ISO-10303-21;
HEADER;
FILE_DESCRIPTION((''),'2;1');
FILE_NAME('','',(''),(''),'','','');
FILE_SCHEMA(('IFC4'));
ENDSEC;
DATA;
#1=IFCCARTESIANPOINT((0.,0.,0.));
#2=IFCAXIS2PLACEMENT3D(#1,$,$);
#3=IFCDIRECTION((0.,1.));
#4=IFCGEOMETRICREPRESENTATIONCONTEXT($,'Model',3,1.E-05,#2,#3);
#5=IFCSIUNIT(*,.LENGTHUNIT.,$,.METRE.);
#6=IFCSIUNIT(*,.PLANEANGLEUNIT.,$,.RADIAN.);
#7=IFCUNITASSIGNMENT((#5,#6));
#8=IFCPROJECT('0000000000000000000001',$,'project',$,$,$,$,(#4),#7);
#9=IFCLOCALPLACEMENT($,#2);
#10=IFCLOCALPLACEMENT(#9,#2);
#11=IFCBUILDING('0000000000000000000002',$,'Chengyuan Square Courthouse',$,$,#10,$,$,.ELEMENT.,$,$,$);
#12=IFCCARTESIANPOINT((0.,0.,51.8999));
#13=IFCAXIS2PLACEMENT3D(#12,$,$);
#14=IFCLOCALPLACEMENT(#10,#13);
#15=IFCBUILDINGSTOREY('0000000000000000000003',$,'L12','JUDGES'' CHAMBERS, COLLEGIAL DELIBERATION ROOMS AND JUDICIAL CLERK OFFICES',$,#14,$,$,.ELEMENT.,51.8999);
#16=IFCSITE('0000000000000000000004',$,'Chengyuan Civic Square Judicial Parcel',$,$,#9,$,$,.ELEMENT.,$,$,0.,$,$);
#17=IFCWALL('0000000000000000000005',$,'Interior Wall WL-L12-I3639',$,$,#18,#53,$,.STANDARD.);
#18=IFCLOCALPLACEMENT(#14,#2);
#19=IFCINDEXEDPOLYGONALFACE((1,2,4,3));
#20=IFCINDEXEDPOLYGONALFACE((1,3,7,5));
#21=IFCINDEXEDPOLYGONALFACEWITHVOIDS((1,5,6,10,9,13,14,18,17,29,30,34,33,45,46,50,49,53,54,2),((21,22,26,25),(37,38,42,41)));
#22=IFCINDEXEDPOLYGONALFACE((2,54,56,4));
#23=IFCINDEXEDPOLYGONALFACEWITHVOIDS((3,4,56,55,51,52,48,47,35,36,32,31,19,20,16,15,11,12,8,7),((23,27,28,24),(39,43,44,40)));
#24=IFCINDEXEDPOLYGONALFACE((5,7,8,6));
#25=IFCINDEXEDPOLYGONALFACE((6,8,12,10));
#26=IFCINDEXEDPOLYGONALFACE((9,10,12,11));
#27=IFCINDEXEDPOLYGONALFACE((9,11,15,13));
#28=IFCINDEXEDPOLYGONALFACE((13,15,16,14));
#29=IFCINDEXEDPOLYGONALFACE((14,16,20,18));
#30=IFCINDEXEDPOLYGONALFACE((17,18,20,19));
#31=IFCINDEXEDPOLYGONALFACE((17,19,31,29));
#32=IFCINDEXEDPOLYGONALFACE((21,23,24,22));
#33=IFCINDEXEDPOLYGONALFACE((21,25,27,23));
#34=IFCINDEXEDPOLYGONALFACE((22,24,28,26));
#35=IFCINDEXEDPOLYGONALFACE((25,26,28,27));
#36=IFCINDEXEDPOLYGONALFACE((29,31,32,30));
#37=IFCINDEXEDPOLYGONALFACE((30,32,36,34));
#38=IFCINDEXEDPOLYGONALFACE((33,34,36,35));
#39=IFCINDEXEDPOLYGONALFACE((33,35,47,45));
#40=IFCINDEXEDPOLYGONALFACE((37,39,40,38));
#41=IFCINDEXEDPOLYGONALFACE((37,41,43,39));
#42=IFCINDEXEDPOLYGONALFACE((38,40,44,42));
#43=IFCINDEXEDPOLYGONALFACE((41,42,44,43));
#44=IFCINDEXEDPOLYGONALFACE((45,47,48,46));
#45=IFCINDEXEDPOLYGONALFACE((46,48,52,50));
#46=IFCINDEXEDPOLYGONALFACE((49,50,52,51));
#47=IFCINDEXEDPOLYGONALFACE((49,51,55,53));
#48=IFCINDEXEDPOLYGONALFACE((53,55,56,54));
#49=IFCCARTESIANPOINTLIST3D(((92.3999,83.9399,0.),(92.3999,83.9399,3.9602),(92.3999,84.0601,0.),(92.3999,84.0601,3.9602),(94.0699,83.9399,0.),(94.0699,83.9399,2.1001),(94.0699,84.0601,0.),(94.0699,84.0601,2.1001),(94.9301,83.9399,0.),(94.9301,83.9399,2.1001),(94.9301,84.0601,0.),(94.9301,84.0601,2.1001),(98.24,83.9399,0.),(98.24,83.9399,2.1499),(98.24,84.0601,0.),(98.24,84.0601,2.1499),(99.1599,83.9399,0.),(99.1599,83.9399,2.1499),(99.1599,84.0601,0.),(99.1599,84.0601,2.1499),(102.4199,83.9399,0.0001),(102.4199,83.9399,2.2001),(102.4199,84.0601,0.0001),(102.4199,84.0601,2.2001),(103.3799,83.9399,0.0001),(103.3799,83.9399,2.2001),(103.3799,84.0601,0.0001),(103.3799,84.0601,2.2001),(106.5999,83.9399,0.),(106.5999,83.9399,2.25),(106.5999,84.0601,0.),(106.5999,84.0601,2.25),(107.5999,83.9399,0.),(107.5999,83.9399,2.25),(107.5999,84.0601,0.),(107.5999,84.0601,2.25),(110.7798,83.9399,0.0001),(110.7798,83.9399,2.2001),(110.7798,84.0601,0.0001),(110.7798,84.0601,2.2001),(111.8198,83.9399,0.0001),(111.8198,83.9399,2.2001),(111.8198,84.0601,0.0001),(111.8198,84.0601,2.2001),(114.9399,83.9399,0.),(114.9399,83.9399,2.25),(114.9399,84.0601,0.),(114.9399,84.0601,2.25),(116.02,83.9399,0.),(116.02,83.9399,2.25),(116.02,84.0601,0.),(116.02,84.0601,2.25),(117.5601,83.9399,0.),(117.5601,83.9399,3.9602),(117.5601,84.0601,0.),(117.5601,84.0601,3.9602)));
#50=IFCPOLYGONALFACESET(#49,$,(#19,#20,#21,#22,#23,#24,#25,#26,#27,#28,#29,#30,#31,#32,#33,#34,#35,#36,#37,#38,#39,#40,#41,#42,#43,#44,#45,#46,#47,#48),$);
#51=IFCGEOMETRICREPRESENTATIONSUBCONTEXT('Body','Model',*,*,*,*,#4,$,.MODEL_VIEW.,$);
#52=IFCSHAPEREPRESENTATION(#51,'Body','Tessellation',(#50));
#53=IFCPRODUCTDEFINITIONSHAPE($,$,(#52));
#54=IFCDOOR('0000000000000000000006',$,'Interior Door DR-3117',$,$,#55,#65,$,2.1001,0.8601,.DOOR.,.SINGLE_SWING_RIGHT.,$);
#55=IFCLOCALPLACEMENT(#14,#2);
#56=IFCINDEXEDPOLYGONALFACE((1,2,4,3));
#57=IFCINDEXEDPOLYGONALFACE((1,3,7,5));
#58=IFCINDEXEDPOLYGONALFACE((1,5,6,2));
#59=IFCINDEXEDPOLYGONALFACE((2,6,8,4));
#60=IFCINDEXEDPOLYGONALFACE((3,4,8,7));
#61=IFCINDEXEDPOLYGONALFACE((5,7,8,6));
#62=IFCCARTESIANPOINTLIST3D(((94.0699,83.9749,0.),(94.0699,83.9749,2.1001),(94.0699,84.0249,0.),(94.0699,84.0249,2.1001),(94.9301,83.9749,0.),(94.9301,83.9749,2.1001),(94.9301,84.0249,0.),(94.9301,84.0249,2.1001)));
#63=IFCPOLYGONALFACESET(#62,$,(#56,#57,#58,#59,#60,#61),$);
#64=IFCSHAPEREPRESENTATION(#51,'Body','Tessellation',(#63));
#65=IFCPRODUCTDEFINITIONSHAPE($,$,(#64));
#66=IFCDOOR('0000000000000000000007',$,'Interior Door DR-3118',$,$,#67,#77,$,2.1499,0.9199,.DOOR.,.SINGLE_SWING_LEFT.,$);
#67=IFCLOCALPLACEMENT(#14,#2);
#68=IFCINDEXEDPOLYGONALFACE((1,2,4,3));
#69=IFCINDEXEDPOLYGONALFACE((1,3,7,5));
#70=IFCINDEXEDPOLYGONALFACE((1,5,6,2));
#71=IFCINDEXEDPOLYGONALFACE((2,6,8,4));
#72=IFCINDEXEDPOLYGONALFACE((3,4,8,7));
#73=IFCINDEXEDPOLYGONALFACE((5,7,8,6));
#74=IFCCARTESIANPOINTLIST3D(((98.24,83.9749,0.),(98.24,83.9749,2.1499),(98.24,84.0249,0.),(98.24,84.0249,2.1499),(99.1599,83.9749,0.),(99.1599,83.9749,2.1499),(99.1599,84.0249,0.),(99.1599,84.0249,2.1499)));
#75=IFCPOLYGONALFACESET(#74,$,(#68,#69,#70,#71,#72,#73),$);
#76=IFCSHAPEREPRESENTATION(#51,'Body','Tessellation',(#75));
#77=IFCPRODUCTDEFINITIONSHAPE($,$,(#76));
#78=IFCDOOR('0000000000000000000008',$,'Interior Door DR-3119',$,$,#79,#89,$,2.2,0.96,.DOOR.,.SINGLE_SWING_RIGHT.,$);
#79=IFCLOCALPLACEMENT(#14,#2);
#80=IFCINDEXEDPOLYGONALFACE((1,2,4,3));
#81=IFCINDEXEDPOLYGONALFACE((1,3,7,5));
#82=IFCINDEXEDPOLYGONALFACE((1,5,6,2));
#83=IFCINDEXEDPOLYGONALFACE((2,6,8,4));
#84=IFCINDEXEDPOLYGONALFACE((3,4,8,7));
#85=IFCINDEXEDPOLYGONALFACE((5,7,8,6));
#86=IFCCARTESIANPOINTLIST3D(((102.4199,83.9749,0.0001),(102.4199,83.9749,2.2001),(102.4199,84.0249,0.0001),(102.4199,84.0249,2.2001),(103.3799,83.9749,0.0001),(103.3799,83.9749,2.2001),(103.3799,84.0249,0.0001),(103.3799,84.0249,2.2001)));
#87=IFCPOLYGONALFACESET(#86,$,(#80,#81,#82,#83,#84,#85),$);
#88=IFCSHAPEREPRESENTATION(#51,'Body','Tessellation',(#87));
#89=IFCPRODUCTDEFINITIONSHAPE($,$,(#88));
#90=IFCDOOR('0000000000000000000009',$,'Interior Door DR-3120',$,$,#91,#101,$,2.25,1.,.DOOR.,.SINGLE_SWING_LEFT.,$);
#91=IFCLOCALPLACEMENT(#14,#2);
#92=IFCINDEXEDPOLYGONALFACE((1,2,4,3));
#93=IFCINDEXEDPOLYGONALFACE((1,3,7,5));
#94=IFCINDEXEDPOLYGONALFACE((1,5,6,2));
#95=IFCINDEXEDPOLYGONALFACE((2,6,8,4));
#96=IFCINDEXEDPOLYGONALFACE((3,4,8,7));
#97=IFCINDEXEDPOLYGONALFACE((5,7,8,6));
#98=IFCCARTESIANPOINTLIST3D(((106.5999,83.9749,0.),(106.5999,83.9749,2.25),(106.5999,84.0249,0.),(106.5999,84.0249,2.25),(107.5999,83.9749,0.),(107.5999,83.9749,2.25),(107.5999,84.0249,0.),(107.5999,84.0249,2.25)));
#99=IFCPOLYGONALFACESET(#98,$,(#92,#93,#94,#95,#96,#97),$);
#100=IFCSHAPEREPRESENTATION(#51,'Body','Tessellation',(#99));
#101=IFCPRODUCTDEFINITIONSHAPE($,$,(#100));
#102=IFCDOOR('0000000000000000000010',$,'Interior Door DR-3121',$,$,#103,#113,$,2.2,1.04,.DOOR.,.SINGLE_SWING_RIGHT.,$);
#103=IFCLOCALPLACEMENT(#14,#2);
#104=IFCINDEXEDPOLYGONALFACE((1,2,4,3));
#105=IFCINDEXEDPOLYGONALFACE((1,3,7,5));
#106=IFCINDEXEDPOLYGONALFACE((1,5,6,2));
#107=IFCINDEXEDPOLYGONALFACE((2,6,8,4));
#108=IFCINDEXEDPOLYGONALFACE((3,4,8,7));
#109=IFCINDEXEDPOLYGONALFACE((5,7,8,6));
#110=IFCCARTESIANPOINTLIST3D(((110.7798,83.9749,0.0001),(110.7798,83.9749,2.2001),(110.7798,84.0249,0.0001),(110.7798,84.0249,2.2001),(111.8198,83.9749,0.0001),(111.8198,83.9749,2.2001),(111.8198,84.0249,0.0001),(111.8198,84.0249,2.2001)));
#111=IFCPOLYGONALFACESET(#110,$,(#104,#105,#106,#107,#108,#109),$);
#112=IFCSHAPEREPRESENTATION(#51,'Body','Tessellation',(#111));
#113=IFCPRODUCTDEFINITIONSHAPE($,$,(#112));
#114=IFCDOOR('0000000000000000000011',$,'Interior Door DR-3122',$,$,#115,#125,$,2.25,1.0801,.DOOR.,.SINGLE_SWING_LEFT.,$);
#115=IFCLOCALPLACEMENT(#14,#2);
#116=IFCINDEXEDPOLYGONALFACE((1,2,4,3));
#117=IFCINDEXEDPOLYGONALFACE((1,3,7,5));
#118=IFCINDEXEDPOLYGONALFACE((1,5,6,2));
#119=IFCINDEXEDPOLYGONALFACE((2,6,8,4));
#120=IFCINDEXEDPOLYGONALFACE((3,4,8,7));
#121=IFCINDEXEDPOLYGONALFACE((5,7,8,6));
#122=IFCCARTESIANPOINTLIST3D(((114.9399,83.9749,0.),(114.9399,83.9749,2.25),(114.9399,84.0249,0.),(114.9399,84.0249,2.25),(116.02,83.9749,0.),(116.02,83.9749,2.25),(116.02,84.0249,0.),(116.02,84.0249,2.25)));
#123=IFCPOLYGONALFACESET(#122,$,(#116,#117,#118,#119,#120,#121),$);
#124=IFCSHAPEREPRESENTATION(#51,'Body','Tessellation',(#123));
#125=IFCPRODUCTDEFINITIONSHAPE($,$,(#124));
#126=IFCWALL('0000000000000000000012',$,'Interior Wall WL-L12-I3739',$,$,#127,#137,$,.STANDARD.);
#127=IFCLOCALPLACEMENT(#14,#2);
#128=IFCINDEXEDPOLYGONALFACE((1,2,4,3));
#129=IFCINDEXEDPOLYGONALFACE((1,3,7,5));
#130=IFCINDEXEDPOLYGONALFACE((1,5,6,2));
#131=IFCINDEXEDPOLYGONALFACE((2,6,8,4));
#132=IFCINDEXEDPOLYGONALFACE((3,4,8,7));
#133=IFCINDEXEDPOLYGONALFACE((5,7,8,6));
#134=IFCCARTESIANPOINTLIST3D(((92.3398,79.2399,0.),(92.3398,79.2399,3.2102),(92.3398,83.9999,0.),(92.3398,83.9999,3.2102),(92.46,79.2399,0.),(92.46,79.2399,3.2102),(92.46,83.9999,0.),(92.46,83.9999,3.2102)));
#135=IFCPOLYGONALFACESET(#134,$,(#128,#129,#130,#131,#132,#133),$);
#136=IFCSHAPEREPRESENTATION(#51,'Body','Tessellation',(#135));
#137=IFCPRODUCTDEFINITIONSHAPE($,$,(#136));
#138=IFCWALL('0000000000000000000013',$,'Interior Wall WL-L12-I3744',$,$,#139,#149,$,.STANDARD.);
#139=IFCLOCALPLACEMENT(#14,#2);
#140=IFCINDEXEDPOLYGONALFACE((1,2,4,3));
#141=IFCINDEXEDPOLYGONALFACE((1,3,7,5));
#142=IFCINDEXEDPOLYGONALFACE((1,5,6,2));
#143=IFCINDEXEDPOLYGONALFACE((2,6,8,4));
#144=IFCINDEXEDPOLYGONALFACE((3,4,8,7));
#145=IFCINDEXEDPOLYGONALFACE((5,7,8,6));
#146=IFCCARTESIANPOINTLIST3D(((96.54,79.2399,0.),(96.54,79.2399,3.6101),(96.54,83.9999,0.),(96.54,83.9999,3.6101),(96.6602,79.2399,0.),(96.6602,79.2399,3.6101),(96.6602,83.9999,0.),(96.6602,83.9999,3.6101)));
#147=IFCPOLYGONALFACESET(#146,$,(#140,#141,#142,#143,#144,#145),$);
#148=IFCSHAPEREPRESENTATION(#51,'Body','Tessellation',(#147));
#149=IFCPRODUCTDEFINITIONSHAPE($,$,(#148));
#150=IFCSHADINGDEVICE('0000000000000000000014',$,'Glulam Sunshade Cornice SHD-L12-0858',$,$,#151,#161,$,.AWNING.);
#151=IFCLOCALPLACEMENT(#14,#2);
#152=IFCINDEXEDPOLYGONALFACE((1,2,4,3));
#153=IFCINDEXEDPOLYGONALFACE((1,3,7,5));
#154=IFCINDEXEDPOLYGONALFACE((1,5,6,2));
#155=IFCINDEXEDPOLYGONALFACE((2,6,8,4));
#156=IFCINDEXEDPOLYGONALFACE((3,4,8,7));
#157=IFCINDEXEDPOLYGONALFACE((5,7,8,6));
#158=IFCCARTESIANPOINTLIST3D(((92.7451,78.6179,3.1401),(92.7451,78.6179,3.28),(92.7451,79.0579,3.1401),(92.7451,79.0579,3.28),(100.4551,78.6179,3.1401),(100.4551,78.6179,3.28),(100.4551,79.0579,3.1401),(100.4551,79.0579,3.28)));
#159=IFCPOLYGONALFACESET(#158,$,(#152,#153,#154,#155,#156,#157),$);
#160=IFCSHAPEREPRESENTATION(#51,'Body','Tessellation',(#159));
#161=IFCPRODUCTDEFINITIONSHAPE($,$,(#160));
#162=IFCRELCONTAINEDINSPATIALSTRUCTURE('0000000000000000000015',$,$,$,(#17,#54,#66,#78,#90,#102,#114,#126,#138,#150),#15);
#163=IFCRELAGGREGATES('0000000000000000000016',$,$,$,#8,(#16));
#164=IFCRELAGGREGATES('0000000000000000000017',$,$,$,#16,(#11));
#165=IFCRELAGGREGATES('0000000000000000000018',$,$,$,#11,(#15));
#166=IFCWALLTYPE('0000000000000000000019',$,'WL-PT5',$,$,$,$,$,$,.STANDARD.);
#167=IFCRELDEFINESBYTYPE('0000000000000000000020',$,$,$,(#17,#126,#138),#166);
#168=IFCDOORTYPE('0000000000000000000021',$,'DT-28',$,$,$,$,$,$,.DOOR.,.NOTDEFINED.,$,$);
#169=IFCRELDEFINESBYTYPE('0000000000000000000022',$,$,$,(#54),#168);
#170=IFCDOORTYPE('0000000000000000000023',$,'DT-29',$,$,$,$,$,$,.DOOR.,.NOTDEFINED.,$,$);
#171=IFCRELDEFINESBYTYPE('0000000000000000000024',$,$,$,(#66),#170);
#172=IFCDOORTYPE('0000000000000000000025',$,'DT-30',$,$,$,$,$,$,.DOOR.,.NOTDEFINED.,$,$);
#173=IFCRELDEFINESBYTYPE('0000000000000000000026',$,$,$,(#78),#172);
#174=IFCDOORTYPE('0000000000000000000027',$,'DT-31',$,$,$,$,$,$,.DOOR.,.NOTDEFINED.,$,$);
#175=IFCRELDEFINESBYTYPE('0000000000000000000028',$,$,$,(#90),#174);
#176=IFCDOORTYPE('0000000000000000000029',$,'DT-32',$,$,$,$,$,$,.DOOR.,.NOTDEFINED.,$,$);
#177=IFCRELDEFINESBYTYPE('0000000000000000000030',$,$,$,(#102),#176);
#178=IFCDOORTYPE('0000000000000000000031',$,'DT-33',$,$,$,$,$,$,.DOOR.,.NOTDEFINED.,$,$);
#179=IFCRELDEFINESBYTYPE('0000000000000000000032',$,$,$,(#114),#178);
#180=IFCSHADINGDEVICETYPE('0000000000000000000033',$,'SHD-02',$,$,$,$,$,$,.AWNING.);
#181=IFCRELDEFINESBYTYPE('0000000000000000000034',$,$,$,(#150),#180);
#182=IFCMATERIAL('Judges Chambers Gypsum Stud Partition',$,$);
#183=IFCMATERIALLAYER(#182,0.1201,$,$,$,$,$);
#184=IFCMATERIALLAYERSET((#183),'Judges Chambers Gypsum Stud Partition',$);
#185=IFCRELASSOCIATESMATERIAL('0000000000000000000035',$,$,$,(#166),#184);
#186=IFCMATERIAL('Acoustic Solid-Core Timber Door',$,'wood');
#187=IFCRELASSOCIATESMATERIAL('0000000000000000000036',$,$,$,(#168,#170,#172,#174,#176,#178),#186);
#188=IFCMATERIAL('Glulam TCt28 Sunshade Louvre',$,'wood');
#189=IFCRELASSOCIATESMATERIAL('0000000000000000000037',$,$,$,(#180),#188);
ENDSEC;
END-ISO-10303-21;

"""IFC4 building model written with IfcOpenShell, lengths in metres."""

from ifc_helpers import new_model, si_unit, direction, frame, frame_2d, origin, origin_2d, place, context, subcontext, project, spatial, rectangle, extrude, material, layer, layer_set, type_object, element, fill, save


model = new_model("IFC4")

# Units and contexts
model_context = context("Model", 3, precision=1e-05, world=origin(), true_north=direction((0.0, 1.0)))
body_context = subcontext(model_context, "Body", "Model", "MODEL_VIEW")
ifc_project = project(units=[si_unit("LENGTHUNIT", "METRE"), si_unit("PLANEANGLEUNIT", "RADIAN")], contexts=[model_context])

# Site, building, storey
site_placement = place(None, origin())
site = spatial("IfcSite", under=ifc_project, at=site_placement, Name="Chengyuan Civic Square Judicial Parcel", CompositionType="ELEMENT", RefElevation=0.0)
building_placement = place(site_placement, origin())
building = spatial("IfcBuilding", under=site, at=building_placement, Name="Chengyuan Square Courthouse", CompositionType="ELEMENT")
storey_placement = place(building_placement, frame((0.0, 0.0, 51.8999)))
storey = spatial("IfcBuildingStorey", under=building, at=storey_placement, Name="L12", Description="JUDGES' CHAMBERS, COLLEGIAL DELIBERATION ROOMS AND JUDICIAL CLERK OFFICES", CompositionType="ELEMENT", Elevation=51.8999)

# Wall, openings, doors
ifc_material_1 = material(Name="Judges Chambers Gypsum Stud Partition")
ifc_layer_1 = layer(ifc_material_1, 0.1201)
ifc_layer_set_1 = layer_set([ifc_layer_1], Name="Judges Chambers Gypsum Stud Partition")
wall_type_1 = type_object("IfcWallType", Name="WL-PT5", PredefinedType="STANDARD", material=ifc_layer_set_1)
wall_1_placement = place(storey_placement, frame((92.3999, 84.0, 0.0), z_axis=(0.0, 0.0, 1.0), x_axis=(1.0, 0.0, 0.0)))
wall_1 = element("IfcWall", 1, at=wall_1_placement, inside=storey, type_object=wall_type_1, Name="Interior Wall WL-L12-I3639", PredefinedType="STANDARD", context=body_context, shape_type="SweptSolid", body=[
    extrude(rectangle(XDim=25.1602, YDim=0.1201, at=frame_2d((12.5801, 0.0))), origin(), (0.0, 0.0, 1.0), 3.9602),
])
opening_1_placement = place(wall_1_placement, frame((1.6699, 0.0, 0.0)))
opening_1 = element("IfcOpeningElement", 2, at=opening_1_placement, cuts=wall_1, PredefinedType="OPENING", context=body_context, shape_type="SweptSolid", body=[
    extrude(rectangle(XDim=0.8601, YDim=2.1001, at=frame_2d((0.4302, 1.05))), frame((0.0, 0.072, 0.0), z_axis=(0.0, -1.0, 0.0), x_axis=(1.0, 0.0, 0.0)), (0.0, 0.0, 1.0), 0.144),
])
opening_2_placement = place(wall_1_placement, frame((5.8401, 0.0, 0.0)))
opening_2 = element("IfcOpeningElement", 3, at=opening_2_placement, cuts=wall_1, PredefinedType="OPENING", context=body_context, shape_type="SweptSolid", body=[
    extrude(rectangle(XDim=0.9199, YDim=2.1499, at=frame_2d((0.46, 1.075))), frame((0.0, 0.072, 0.0), z_axis=(0.0, -1.0, 0.0), x_axis=(1.0, 0.0, 0.0)), (0.0, 0.0, 1.0), 0.144),
])
opening_3_placement = place(wall_1_placement, frame((10.02, 0.0, 0.0)))
opening_3 = element("IfcOpeningElement", 4, at=opening_3_placement, cuts=wall_1, PredefinedType="OPENING", context=body_context, shape_type="SweptSolid", body=[
    extrude(rectangle(XDim=0.96, YDim=2.2, at=frame_2d((0.48, 1.1001))), frame((0.0, 0.072, 0.0), z_axis=(0.0, -1.0, 0.0), x_axis=(1.0, 0.0, 0.0)), (0.0, 0.0, 1.0), 0.144),
])
opening_4_placement = place(wall_1_placement, frame((14.2, 0.0, 0.0)))
opening_4 = element("IfcOpeningElement", 5, at=opening_4_placement, cuts=wall_1, PredefinedType="OPENING", context=body_context, shape_type="SweptSolid", body=[
    extrude(rectangle(XDim=1.0, YDim=2.25, at=frame_2d((0.5, 1.125))), frame((0.0, 0.072, 0.0), z_axis=(0.0, -1.0, 0.0), x_axis=(1.0, 0.0, 0.0)), (0.0, 0.0, 1.0), 0.144),
])
opening_5_placement = place(wall_1_placement, frame((18.3799, 0.0, 0.0)))
opening_5 = element("IfcOpeningElement", 6, at=opening_5_placement, cuts=wall_1, PredefinedType="OPENING", context=body_context, shape_type="SweptSolid", body=[
    extrude(rectangle(XDim=1.04, YDim=2.2, at=frame_2d((0.52, 1.1001))), frame((0.0, 0.072, 0.0), z_axis=(0.0, -1.0, 0.0), x_axis=(1.0, 0.0, 0.0)), (0.0, 0.0, 1.0), 0.144),
])
opening_6_placement = place(wall_1_placement, frame((22.54, 0.0, 0.0)))
opening_6 = element("IfcOpeningElement", 7, at=opening_6_placement, cuts=wall_1, PredefinedType="OPENING", context=body_context, shape_type="SweptSolid", body=[
    extrude(rectangle(XDim=1.0801, YDim=2.25, at=frame_2d((0.54, 1.125))), frame((0.0, 0.072, 0.0), z_axis=(0.0, -1.0, 0.0), x_axis=(1.0, 0.0, 0.0)), (0.0, 0.0, 1.0), 0.144),
])
ifc_material_2 = material(Name="Acoustic Solid-Core Timber Door", Category="wood")
door_type_1 = type_object("IfcDoorType", Name="DT-28", OperationType="NOTDEFINED", PredefinedType="DOOR", material=ifc_material_2)
door_1_placement = place(opening_1_placement, origin())
door_1 = element("IfcDoor", 8, at=door_1_placement, inside=storey, type_object=door_type_1, Name="Interior Door DR-3117", OperationType="SINGLE_SWING_RIGHT", OverallHeight=2.1001, OverallWidth=0.8601, PredefinedType="DOOR", context=body_context, shape_type="SweptSolid", body=[
    extrude(rectangle(XDim=0.8601, YDim=2.1001, at=frame_2d((0.4302, 1.05))), frame((0.0, 0.0249, 0.0), z_axis=(0.0, -1.0, 0.0), x_axis=(1.0, 0.0, 0.0)), (0.0, 0.0, 1.0), 0.05),
])
fill(opening_1, door_1)
door_type_2 = type_object("IfcDoorType", Name="DT-29", OperationType="NOTDEFINED", PredefinedType="DOOR", material=ifc_material_2)
door_2_placement = place(opening_2_placement, origin())
door_2 = element("IfcDoor", 9, at=door_2_placement, inside=storey, type_object=door_type_2, Name="Interior Door DR-3118", OperationType="SINGLE_SWING_LEFT", OverallHeight=2.1499, OverallWidth=0.9199, PredefinedType="DOOR", context=body_context, shape_type="SweptSolid", body=[
    extrude(rectangle(XDim=0.9199, YDim=2.1499, at=frame_2d((0.46, 1.075))), frame((0.0, 0.0249, 0.0), z_axis=(0.0, -1.0, 0.0), x_axis=(1.0, 0.0, 0.0)), (0.0, 0.0, 1.0), 0.05),
])
fill(opening_2, door_2)
door_type_3 = type_object("IfcDoorType", Name="DT-30", OperationType="NOTDEFINED", PredefinedType="DOOR", material=ifc_material_2)
door_3_placement = place(opening_3_placement, origin())
door_3 = element("IfcDoor", 10, at=door_3_placement, inside=storey, type_object=door_type_3, Name="Interior Door DR-3119", OperationType="SINGLE_SWING_RIGHT", OverallHeight=2.2, OverallWidth=0.96, PredefinedType="DOOR", context=body_context, shape_type="SweptSolid", body=[
    extrude(rectangle(XDim=0.96, YDim=2.2, at=frame_2d((0.48, 1.1001))), frame((0.0, 0.0249, 0.0), z_axis=(0.0, -1.0, 0.0), x_axis=(1.0, 0.0, 0.0)), (0.0, 0.0, 1.0), 0.05),
])
fill(opening_3, door_3)
door_type_4 = type_object("IfcDoorType", Name="DT-31", OperationType="NOTDEFINED", PredefinedType="DOOR", material=ifc_material_2)
door_4_placement = place(opening_4_placement, origin())
door_4 = element("IfcDoor", 11, at=door_4_placement, inside=storey, type_object=door_type_4, Name="Interior Door DR-3120", OperationType="SINGLE_SWING_LEFT", OverallHeight=2.25, OverallWidth=1.0, PredefinedType="DOOR", context=body_context, shape_type="SweptSolid", body=[
    extrude(rectangle(XDim=1.0, YDim=2.25, at=frame_2d((0.5, 1.125))), frame((0.0, 0.0249, 0.0), z_axis=(0.0, -1.0, 0.0), x_axis=(1.0, 0.0, 0.0)), (0.0, 0.0, 1.0), 0.05),
])
fill(opening_4, door_4)
door_type_5 = type_object("IfcDoorType", Name="DT-32", OperationType="NOTDEFINED", PredefinedType="DOOR", material=ifc_material_2)
door_5_placement = place(opening_5_placement, origin())
door_5 = element("IfcDoor", 12, at=door_5_placement, inside=storey, type_object=door_type_5, Name="Interior Door DR-3121", OperationType="SINGLE_SWING_RIGHT", OverallHeight=2.2, OverallWidth=1.04, PredefinedType="DOOR", context=body_context, shape_type="SweptSolid", body=[
    extrude(rectangle(XDim=1.04, YDim=2.2, at=frame_2d((0.52, 1.1001))), frame((0.0, 0.0249, 0.0), z_axis=(0.0, -1.0, 0.0), x_axis=(1.0, 0.0, 0.0)), (0.0, 0.0, 1.0), 0.05),
])
fill(opening_5, door_5)
door_type_6 = type_object("IfcDoorType", Name="DT-33", OperationType="NOTDEFINED", PredefinedType="DOOR", material=ifc_material_2)
door_6_placement = place(opening_6_placement, origin())
door_6 = element("IfcDoor", 13, at=door_6_placement, inside=storey, type_object=door_type_6, Name="Interior Door DR-3122", OperationType="SINGLE_SWING_LEFT", OverallHeight=2.25, OverallWidth=1.0801, PredefinedType="DOOR", context=body_context, shape_type="SweptSolid", body=[
    extrude(rectangle(XDim=1.0801, YDim=2.25, at=frame_2d((0.54, 1.125))), frame((0.0, 0.0249, 0.0), z_axis=(0.0, -1.0, 0.0), x_axis=(1.0, 0.0, 0.0)), (0.0, 0.0, 1.0), 0.05),
])
fill(opening_6, door_6)

# Walls
wall_2_placement = place(storey_placement, frame((92.3999, 79.24, 0.0), z_axis=(0.0, 0.0, 1.0), x_axis=(0.0, 1.0, 0.0)))
element("IfcWall", 14, at=wall_2_placement, inside=storey, type_object=wall_type_1, Name="Interior Wall WL-L12-I3739", PredefinedType="STANDARD", context=body_context, shape_type="SweptSolid", body=[
    extrude(rectangle(XDim=4.76, YDim=0.1201, at=frame_2d((2.3799, 0.0))), origin(), (0.0, 0.0, 1.0), 3.2102),
])
wall_3_placement = place(storey_placement, frame((96.6001, 79.24, 0.0), z_axis=(0.0, 0.0, 1.0), x_axis=(0.0, 1.0, 0.0)))
element("IfcWall", 15, at=wall_3_placement, inside=storey, type_object=wall_type_1, Name="Interior Wall WL-L12-I3744", PredefinedType="STANDARD", context=body_context, shape_type="SweptSolid", body=[
    extrude(rectangle(XDim=4.76, YDim=0.1201, at=frame_2d((2.3799, 0.0))), origin(), (0.0, 0.0, 1.0), 3.6101),
])

# Shading device
ifc_material_3 = material(Name="Glulam TCt28 Sunshade Louvre", Category="wood")
shading_device_type_1 = type_object("IfcShadingDeviceType", Name="SHD-02", PredefinedType="AWNING", material=ifc_material_3)
shading_device_placement = place(storey_placement, frame((96.6001, 78.8379, 3.1401), z_axis=(0.0, 0.0, 1.0), x_axis=(1.0, 0.0, 0.0)))
element("IfcShadingDevice", 16, at=shading_device_placement, inside=storey, type_object=shading_device_type_1, Name="Glulam Sunshade Cornice SHD-L12-0858", PredefinedType="AWNING", context=body_context, shape_type="SweptSolid", body=[
    extrude(rectangle(XDim=7.71, YDim=0.4399, at=origin_2d()), origin(), (0.0, 0.0, 1.0), 0.1399),
])

save(model, "model.ifc")
